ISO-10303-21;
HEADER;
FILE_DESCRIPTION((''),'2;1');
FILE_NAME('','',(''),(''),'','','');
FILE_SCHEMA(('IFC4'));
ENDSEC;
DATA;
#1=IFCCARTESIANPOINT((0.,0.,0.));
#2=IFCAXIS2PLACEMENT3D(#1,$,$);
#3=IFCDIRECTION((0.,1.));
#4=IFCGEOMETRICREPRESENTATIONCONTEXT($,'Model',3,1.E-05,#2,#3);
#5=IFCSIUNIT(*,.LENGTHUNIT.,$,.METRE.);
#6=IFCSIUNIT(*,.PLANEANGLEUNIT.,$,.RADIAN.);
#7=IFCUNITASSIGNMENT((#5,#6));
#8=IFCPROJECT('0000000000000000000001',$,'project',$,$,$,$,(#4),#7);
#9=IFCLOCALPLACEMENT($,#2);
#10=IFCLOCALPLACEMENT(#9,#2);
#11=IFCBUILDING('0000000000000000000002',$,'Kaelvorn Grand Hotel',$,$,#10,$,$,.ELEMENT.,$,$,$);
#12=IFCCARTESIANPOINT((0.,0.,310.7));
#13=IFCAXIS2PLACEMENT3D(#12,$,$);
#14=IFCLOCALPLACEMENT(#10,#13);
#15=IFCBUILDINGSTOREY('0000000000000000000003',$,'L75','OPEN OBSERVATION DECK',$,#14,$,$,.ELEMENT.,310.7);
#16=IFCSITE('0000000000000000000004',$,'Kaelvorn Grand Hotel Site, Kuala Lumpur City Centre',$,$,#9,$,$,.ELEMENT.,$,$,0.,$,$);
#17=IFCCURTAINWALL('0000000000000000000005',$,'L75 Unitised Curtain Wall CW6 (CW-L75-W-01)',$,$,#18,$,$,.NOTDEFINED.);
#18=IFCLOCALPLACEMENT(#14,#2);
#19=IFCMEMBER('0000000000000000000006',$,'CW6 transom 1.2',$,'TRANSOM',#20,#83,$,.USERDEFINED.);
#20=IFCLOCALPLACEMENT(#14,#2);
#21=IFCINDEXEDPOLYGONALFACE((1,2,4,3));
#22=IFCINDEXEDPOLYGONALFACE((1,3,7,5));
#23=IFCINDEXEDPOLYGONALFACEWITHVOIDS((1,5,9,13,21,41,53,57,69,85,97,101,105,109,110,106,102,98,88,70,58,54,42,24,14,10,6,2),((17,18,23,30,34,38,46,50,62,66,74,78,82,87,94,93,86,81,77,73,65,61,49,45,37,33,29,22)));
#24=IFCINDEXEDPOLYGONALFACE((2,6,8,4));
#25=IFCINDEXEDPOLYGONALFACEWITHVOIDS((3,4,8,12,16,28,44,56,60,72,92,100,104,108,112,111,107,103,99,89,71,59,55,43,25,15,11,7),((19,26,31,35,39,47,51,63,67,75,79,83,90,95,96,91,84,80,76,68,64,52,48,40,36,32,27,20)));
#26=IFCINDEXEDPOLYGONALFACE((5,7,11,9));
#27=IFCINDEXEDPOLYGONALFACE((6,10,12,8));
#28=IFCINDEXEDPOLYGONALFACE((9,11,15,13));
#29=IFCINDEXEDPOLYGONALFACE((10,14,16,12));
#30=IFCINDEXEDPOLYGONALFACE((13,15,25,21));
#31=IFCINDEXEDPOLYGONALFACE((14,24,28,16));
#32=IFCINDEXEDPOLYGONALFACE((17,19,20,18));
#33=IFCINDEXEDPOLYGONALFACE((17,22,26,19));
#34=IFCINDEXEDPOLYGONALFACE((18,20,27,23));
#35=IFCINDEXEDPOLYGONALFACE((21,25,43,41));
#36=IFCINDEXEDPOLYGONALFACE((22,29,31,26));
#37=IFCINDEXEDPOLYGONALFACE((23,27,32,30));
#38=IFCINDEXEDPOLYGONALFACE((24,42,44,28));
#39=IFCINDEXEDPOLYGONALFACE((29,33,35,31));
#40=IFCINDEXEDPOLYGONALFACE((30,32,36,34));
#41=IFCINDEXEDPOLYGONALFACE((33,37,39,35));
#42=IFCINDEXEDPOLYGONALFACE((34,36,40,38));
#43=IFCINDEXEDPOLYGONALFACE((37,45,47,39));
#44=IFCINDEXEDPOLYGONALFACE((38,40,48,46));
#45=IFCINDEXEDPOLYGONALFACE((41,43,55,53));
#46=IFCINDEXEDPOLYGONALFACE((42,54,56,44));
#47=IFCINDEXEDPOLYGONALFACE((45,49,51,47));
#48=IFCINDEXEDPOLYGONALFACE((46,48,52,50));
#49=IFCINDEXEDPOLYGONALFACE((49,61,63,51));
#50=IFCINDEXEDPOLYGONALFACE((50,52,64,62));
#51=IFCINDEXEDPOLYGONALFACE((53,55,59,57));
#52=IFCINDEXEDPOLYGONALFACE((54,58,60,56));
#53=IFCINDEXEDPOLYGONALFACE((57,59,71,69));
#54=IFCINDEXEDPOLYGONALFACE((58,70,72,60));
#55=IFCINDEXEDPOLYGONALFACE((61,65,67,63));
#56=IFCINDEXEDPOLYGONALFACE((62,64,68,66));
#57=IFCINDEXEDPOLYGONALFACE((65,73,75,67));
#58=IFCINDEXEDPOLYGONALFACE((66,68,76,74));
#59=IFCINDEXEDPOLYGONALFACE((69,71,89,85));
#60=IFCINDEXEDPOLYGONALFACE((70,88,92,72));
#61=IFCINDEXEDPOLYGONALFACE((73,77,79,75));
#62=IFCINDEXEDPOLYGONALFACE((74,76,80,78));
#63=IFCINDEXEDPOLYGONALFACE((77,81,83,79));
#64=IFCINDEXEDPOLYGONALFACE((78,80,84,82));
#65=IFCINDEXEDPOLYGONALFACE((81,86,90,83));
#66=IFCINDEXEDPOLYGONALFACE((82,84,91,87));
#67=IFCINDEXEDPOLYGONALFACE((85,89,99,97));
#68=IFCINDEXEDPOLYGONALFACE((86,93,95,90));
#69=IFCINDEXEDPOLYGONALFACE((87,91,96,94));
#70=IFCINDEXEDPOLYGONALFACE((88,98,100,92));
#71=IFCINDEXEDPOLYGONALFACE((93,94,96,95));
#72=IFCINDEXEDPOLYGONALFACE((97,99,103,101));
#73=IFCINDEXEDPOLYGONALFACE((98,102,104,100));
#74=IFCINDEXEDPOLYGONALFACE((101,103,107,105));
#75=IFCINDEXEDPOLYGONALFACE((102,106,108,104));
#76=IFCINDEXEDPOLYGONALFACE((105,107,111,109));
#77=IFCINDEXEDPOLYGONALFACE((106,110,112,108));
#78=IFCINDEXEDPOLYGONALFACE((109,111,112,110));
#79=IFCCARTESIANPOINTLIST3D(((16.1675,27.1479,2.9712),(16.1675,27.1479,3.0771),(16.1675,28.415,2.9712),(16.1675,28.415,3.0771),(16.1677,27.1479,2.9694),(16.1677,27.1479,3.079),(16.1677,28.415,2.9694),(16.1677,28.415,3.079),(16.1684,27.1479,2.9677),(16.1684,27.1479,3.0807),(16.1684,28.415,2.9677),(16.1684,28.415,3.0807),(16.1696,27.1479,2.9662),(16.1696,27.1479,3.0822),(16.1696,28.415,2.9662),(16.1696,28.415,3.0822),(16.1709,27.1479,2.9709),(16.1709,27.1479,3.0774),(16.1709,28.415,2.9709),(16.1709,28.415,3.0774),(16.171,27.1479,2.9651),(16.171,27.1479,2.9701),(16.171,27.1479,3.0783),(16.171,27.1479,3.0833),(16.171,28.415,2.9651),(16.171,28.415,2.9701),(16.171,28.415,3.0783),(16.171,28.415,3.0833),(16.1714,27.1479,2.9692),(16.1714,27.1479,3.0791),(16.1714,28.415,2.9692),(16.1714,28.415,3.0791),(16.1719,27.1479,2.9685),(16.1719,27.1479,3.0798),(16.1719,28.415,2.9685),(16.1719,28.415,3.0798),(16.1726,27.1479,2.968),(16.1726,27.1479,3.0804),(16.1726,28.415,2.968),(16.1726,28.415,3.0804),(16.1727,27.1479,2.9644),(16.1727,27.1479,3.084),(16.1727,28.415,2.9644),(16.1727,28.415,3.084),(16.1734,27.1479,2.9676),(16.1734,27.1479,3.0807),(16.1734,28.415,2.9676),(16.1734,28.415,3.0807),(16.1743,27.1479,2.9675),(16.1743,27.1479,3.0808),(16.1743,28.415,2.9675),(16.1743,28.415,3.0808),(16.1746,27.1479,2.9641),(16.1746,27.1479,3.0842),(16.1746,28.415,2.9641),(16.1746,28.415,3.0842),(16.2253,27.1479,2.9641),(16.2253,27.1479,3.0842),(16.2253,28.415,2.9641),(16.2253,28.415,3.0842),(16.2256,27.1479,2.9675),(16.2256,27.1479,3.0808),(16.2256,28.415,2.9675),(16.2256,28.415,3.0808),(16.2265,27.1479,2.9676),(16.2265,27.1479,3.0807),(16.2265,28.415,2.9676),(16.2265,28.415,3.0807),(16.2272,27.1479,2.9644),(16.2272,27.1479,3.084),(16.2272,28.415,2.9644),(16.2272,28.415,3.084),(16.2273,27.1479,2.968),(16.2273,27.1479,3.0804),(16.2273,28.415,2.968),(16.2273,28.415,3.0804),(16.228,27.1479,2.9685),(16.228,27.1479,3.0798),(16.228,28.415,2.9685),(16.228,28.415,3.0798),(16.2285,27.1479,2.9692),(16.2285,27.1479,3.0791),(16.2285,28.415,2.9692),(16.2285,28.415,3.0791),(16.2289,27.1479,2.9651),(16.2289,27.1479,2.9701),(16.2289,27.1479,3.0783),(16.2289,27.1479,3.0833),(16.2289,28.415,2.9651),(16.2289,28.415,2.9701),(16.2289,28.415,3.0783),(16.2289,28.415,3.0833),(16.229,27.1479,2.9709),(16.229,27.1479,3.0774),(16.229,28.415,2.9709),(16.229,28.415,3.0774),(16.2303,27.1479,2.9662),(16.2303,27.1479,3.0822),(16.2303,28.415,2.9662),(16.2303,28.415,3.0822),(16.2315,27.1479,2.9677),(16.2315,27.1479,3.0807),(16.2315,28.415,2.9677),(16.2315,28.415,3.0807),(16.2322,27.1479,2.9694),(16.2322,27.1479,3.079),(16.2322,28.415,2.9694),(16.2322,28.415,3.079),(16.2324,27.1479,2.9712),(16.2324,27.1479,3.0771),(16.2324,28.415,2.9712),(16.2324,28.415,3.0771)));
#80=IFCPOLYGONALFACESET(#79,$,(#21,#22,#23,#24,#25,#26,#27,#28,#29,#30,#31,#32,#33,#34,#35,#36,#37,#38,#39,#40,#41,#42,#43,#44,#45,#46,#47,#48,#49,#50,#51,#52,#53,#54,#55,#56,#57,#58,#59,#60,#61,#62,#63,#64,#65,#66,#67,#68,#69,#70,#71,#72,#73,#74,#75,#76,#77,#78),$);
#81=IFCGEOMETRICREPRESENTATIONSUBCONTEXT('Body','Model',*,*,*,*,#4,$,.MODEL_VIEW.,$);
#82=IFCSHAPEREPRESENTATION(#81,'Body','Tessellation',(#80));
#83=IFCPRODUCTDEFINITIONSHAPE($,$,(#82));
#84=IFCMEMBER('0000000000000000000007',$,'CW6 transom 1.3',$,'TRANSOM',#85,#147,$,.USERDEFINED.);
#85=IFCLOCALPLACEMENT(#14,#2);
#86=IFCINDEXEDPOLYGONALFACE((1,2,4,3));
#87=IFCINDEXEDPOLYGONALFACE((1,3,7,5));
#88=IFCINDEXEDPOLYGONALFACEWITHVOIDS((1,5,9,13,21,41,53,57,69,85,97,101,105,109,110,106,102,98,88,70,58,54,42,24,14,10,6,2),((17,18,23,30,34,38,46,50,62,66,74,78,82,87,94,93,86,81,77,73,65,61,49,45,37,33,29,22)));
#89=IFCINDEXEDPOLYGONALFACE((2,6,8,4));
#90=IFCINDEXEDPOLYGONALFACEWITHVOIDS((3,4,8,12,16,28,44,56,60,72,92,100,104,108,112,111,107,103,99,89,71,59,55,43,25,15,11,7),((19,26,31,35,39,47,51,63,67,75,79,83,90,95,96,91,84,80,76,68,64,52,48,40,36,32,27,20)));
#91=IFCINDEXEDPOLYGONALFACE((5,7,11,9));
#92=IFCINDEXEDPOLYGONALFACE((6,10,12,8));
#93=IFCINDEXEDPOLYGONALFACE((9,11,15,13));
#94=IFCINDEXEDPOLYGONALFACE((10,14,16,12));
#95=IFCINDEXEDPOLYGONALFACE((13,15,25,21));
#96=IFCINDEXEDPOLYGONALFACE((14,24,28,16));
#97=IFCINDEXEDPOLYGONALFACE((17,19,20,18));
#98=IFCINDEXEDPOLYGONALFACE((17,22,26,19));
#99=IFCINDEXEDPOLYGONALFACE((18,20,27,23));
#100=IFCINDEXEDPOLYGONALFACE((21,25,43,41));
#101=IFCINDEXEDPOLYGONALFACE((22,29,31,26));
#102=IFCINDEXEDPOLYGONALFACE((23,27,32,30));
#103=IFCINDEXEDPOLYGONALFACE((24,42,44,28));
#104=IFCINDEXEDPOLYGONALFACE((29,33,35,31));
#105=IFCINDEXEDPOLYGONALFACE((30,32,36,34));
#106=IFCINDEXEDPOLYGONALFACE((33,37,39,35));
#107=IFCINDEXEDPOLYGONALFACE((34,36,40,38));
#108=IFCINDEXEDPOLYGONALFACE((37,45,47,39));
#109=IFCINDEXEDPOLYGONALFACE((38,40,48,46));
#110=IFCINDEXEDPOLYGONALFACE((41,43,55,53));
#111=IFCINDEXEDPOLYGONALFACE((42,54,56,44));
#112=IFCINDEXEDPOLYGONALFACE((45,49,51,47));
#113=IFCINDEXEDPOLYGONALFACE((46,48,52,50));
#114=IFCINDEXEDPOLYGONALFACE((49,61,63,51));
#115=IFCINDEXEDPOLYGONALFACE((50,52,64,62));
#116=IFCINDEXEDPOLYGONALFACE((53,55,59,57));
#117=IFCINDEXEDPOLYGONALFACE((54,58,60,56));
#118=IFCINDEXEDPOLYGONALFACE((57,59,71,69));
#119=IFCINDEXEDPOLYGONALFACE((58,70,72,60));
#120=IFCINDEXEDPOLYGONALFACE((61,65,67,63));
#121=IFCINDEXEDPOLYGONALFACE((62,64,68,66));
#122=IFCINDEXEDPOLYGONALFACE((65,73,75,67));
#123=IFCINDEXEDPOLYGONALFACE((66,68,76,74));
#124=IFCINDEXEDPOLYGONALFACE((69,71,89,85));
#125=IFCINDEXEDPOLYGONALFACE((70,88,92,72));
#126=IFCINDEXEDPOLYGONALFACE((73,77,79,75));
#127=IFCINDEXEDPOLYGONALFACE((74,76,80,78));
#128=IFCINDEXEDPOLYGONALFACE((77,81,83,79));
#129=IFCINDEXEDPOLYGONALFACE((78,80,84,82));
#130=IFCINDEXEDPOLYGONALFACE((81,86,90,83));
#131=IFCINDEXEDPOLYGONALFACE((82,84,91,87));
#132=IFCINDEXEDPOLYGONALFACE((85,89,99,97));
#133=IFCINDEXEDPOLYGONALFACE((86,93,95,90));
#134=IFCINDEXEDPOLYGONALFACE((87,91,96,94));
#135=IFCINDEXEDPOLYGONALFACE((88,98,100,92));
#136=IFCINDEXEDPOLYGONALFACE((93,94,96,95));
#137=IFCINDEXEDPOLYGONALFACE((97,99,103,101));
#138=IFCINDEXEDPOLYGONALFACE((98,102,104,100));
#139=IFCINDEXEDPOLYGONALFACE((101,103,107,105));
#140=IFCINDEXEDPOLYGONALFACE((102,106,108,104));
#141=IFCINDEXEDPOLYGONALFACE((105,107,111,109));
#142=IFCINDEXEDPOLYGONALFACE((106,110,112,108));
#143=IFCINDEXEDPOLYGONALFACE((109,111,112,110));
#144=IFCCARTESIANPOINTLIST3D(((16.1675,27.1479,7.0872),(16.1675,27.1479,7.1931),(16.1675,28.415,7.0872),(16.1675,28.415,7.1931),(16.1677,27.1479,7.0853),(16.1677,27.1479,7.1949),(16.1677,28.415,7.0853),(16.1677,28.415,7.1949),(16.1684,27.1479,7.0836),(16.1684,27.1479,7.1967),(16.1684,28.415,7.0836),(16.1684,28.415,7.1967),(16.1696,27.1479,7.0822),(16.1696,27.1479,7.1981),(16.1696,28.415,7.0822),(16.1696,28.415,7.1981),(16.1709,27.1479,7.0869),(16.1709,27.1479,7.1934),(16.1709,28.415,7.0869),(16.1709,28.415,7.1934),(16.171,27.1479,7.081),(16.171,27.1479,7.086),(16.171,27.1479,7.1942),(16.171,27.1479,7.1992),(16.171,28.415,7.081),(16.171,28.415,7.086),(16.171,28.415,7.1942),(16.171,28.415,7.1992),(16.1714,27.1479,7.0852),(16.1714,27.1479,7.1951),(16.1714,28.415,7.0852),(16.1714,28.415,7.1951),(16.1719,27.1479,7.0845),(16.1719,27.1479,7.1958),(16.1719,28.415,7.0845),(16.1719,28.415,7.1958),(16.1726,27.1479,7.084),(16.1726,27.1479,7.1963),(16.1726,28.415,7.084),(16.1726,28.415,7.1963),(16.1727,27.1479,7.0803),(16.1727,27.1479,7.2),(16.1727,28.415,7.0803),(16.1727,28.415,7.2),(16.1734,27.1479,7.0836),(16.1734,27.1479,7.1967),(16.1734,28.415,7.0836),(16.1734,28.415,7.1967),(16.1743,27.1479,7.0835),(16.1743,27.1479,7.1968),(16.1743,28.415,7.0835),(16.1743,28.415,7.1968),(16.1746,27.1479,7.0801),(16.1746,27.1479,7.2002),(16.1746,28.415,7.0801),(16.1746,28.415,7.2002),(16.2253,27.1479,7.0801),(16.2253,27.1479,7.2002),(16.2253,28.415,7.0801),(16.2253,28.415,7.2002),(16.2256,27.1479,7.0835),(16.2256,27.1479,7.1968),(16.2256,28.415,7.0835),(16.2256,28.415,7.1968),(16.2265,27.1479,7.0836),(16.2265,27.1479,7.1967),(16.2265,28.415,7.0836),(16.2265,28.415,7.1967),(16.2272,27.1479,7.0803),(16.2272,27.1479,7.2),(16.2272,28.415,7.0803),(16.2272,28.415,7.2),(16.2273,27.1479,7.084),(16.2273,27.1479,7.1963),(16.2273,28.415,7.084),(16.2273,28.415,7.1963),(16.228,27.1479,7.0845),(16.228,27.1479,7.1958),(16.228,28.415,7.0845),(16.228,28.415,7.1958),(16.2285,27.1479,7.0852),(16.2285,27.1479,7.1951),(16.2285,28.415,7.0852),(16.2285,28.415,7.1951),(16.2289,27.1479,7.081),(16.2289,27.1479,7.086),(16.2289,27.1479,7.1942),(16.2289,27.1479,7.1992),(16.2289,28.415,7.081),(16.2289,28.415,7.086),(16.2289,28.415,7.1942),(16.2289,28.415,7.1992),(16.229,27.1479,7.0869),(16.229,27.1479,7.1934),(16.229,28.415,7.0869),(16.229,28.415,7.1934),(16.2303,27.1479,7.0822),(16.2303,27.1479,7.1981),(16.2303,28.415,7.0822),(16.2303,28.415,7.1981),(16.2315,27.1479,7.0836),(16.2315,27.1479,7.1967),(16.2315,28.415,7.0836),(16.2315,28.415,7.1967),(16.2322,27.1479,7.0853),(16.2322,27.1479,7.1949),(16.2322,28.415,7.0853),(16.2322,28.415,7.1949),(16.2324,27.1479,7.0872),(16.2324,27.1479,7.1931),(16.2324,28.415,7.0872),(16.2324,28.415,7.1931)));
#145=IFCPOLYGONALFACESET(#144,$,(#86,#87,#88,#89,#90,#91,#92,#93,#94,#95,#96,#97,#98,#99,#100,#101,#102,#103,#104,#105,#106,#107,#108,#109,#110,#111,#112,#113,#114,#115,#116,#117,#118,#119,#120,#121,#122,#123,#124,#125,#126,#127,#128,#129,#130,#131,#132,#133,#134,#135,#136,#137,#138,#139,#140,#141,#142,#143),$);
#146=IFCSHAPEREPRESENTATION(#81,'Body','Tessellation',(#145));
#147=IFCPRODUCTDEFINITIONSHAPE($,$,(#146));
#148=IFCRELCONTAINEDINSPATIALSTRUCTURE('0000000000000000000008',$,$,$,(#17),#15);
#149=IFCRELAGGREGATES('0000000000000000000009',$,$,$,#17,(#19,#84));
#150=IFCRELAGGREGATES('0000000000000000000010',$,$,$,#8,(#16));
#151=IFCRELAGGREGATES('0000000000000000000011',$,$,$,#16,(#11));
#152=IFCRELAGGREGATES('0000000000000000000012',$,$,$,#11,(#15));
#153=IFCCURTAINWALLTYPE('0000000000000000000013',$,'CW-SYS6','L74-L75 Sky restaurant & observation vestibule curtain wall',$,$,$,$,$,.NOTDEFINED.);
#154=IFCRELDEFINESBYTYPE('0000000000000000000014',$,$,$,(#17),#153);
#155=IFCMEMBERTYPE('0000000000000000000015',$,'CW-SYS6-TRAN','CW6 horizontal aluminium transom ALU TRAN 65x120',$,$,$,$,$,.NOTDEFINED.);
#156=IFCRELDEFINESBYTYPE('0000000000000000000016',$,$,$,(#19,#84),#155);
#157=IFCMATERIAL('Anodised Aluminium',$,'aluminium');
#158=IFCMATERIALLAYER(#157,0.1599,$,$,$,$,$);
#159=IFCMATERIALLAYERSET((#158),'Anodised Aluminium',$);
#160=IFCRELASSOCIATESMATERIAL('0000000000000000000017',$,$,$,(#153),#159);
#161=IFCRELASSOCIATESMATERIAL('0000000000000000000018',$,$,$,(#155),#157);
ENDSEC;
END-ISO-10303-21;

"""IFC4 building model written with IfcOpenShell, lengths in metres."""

from ifc_helpers import new_model, si_unit, direction, frame, origin, origin_2d, place, context, subcontext, project, spatial, hollow_rectangle, extrude, material, layer, layer_set, material_profile, profile_set, type_object, element, aggregate, save


model = new_model("IFC4")

# Units and contexts
model_context = context("Model", 3, precision=1e-05, world=origin(), true_north=direction((0.0, 1.0)))
body_context = subcontext(model_context, "Body", "Model", "MODEL_VIEW")
ifc_project = project(units=[si_unit("LENGTHUNIT", "METRE"), si_unit("PLANEANGLEUNIT", "RADIAN")], contexts=[model_context])

# Site, building, storey
site_placement = place(None, origin())
site = spatial("IfcSite", under=ifc_project, at=site_placement, Name="Kaelvorn Grand Hotel Site, Kuala Lumpur City Centre", CompositionType="ELEMENT", RefElevation=0.0)
building_placement = place(site_placement, origin())
building = spatial("IfcBuilding", under=site, at=building_placement, Name="Kaelvorn Grand Hotel", CompositionType="ELEMENT")
storey_placement = place(building_placement, frame((0.0, 0.0, 310.7)))
storey = spatial("IfcBuildingStorey", under=building, at=storey_placement, Name="L75", Description="OPEN OBSERVATION DECK", CompositionType="ELEMENT", Elevation=310.7)

# Curtain wall, members
ifc_material_1 = material(Name="Anodised Aluminium", Category="aluminium")
ifc_layer_1 = layer(ifc_material_1, 0.1599)
ifc_layer_set_1 = layer_set([ifc_layer_1], Name="Anodised Aluminium")
curtain_wall_type = type_object("IfcCurtainWallType", Name="CW-SYS6", Description="L74-L75 Sky restaurant & observation vestibule curtain wall", PredefinedType="NOTDEFINED", material=ifc_layer_set_1)
curtain_wall_placement = place(storey_placement, origin())
curtain_wall = element("IfcCurtainWall", 1, at=curtain_wall_placement, inside=storey, type_object=curtain_wall_type, Name="L75 Unitised Curtain Wall CW6 (CW-L75-W-01)", PredefinedType="NOTDEFINED")
ifc_material_profile_1 = material_profile(ifc_material_1, hollow_rectangle(XDim=0.0649, YDim=0.1201, WallThickness=0.0034, InnerFilletRadius=0.0034, OuterFilletRadius=0.0071, at=origin_2d()), Name="ALU TRAN 65x120")
ifc_profile_set_1 = profile_set([ifc_material_profile_1], Name="Anodised Aluminium")
member_type_1 = type_object("IfcMemberType", Name="CW-SYS6-TRAN", Description="CW6 horizontal aluminium transom ALU TRAN 65x120", PredefinedType="NOTDEFINED", material=ifc_profile_set_1)
member_1_placement = place(storey_placement, frame((16.2, 28.415, 3.0242), z_axis=(0.0, -1.0, 0.0), x_axis=(1.0, 0.0, 0.0)))
member_1 = element("IfcMember", 2, at=member_1_placement, type_object=member_type_1, Name="CW6 transom 1.2", ObjectType="TRANSOM", PredefinedType="USERDEFINED", context=body_context, shape_type="SweptSolid", body=[
    extrude(hollow_rectangle(XDim=0.0649, YDim=0.1201, WallThickness=0.0034, InnerFilletRadius=0.0034, OuterFilletRadius=0.0071, at=origin_2d()), origin(), (0.0, 0.0, 1.0), 1.2671),
])
member_2_placement = place(storey_placement, frame((16.2, 28.415, 7.1401), z_axis=(0.0, -1.0, 0.0), x_axis=(1.0, 0.0, 0.0)))
member_2 = element("IfcMember", 3, at=member_2_placement, type_object=member_type_1, Name="CW6 transom 1.3", ObjectType="TRANSOM", PredefinedType="USERDEFINED", context=body_context, shape_type="SweptSolid", body=[
    extrude(hollow_rectangle(XDim=0.0649, YDim=0.1201, WallThickness=0.0034, InnerFilletRadius=0.0034, OuterFilletRadius=0.0071, at=origin_2d()), origin(), (0.0, 0.0, 1.0), 1.2671),
])
aggregate(curtain_wall, [member_1, member_2])

save(model, "model.ifc")
